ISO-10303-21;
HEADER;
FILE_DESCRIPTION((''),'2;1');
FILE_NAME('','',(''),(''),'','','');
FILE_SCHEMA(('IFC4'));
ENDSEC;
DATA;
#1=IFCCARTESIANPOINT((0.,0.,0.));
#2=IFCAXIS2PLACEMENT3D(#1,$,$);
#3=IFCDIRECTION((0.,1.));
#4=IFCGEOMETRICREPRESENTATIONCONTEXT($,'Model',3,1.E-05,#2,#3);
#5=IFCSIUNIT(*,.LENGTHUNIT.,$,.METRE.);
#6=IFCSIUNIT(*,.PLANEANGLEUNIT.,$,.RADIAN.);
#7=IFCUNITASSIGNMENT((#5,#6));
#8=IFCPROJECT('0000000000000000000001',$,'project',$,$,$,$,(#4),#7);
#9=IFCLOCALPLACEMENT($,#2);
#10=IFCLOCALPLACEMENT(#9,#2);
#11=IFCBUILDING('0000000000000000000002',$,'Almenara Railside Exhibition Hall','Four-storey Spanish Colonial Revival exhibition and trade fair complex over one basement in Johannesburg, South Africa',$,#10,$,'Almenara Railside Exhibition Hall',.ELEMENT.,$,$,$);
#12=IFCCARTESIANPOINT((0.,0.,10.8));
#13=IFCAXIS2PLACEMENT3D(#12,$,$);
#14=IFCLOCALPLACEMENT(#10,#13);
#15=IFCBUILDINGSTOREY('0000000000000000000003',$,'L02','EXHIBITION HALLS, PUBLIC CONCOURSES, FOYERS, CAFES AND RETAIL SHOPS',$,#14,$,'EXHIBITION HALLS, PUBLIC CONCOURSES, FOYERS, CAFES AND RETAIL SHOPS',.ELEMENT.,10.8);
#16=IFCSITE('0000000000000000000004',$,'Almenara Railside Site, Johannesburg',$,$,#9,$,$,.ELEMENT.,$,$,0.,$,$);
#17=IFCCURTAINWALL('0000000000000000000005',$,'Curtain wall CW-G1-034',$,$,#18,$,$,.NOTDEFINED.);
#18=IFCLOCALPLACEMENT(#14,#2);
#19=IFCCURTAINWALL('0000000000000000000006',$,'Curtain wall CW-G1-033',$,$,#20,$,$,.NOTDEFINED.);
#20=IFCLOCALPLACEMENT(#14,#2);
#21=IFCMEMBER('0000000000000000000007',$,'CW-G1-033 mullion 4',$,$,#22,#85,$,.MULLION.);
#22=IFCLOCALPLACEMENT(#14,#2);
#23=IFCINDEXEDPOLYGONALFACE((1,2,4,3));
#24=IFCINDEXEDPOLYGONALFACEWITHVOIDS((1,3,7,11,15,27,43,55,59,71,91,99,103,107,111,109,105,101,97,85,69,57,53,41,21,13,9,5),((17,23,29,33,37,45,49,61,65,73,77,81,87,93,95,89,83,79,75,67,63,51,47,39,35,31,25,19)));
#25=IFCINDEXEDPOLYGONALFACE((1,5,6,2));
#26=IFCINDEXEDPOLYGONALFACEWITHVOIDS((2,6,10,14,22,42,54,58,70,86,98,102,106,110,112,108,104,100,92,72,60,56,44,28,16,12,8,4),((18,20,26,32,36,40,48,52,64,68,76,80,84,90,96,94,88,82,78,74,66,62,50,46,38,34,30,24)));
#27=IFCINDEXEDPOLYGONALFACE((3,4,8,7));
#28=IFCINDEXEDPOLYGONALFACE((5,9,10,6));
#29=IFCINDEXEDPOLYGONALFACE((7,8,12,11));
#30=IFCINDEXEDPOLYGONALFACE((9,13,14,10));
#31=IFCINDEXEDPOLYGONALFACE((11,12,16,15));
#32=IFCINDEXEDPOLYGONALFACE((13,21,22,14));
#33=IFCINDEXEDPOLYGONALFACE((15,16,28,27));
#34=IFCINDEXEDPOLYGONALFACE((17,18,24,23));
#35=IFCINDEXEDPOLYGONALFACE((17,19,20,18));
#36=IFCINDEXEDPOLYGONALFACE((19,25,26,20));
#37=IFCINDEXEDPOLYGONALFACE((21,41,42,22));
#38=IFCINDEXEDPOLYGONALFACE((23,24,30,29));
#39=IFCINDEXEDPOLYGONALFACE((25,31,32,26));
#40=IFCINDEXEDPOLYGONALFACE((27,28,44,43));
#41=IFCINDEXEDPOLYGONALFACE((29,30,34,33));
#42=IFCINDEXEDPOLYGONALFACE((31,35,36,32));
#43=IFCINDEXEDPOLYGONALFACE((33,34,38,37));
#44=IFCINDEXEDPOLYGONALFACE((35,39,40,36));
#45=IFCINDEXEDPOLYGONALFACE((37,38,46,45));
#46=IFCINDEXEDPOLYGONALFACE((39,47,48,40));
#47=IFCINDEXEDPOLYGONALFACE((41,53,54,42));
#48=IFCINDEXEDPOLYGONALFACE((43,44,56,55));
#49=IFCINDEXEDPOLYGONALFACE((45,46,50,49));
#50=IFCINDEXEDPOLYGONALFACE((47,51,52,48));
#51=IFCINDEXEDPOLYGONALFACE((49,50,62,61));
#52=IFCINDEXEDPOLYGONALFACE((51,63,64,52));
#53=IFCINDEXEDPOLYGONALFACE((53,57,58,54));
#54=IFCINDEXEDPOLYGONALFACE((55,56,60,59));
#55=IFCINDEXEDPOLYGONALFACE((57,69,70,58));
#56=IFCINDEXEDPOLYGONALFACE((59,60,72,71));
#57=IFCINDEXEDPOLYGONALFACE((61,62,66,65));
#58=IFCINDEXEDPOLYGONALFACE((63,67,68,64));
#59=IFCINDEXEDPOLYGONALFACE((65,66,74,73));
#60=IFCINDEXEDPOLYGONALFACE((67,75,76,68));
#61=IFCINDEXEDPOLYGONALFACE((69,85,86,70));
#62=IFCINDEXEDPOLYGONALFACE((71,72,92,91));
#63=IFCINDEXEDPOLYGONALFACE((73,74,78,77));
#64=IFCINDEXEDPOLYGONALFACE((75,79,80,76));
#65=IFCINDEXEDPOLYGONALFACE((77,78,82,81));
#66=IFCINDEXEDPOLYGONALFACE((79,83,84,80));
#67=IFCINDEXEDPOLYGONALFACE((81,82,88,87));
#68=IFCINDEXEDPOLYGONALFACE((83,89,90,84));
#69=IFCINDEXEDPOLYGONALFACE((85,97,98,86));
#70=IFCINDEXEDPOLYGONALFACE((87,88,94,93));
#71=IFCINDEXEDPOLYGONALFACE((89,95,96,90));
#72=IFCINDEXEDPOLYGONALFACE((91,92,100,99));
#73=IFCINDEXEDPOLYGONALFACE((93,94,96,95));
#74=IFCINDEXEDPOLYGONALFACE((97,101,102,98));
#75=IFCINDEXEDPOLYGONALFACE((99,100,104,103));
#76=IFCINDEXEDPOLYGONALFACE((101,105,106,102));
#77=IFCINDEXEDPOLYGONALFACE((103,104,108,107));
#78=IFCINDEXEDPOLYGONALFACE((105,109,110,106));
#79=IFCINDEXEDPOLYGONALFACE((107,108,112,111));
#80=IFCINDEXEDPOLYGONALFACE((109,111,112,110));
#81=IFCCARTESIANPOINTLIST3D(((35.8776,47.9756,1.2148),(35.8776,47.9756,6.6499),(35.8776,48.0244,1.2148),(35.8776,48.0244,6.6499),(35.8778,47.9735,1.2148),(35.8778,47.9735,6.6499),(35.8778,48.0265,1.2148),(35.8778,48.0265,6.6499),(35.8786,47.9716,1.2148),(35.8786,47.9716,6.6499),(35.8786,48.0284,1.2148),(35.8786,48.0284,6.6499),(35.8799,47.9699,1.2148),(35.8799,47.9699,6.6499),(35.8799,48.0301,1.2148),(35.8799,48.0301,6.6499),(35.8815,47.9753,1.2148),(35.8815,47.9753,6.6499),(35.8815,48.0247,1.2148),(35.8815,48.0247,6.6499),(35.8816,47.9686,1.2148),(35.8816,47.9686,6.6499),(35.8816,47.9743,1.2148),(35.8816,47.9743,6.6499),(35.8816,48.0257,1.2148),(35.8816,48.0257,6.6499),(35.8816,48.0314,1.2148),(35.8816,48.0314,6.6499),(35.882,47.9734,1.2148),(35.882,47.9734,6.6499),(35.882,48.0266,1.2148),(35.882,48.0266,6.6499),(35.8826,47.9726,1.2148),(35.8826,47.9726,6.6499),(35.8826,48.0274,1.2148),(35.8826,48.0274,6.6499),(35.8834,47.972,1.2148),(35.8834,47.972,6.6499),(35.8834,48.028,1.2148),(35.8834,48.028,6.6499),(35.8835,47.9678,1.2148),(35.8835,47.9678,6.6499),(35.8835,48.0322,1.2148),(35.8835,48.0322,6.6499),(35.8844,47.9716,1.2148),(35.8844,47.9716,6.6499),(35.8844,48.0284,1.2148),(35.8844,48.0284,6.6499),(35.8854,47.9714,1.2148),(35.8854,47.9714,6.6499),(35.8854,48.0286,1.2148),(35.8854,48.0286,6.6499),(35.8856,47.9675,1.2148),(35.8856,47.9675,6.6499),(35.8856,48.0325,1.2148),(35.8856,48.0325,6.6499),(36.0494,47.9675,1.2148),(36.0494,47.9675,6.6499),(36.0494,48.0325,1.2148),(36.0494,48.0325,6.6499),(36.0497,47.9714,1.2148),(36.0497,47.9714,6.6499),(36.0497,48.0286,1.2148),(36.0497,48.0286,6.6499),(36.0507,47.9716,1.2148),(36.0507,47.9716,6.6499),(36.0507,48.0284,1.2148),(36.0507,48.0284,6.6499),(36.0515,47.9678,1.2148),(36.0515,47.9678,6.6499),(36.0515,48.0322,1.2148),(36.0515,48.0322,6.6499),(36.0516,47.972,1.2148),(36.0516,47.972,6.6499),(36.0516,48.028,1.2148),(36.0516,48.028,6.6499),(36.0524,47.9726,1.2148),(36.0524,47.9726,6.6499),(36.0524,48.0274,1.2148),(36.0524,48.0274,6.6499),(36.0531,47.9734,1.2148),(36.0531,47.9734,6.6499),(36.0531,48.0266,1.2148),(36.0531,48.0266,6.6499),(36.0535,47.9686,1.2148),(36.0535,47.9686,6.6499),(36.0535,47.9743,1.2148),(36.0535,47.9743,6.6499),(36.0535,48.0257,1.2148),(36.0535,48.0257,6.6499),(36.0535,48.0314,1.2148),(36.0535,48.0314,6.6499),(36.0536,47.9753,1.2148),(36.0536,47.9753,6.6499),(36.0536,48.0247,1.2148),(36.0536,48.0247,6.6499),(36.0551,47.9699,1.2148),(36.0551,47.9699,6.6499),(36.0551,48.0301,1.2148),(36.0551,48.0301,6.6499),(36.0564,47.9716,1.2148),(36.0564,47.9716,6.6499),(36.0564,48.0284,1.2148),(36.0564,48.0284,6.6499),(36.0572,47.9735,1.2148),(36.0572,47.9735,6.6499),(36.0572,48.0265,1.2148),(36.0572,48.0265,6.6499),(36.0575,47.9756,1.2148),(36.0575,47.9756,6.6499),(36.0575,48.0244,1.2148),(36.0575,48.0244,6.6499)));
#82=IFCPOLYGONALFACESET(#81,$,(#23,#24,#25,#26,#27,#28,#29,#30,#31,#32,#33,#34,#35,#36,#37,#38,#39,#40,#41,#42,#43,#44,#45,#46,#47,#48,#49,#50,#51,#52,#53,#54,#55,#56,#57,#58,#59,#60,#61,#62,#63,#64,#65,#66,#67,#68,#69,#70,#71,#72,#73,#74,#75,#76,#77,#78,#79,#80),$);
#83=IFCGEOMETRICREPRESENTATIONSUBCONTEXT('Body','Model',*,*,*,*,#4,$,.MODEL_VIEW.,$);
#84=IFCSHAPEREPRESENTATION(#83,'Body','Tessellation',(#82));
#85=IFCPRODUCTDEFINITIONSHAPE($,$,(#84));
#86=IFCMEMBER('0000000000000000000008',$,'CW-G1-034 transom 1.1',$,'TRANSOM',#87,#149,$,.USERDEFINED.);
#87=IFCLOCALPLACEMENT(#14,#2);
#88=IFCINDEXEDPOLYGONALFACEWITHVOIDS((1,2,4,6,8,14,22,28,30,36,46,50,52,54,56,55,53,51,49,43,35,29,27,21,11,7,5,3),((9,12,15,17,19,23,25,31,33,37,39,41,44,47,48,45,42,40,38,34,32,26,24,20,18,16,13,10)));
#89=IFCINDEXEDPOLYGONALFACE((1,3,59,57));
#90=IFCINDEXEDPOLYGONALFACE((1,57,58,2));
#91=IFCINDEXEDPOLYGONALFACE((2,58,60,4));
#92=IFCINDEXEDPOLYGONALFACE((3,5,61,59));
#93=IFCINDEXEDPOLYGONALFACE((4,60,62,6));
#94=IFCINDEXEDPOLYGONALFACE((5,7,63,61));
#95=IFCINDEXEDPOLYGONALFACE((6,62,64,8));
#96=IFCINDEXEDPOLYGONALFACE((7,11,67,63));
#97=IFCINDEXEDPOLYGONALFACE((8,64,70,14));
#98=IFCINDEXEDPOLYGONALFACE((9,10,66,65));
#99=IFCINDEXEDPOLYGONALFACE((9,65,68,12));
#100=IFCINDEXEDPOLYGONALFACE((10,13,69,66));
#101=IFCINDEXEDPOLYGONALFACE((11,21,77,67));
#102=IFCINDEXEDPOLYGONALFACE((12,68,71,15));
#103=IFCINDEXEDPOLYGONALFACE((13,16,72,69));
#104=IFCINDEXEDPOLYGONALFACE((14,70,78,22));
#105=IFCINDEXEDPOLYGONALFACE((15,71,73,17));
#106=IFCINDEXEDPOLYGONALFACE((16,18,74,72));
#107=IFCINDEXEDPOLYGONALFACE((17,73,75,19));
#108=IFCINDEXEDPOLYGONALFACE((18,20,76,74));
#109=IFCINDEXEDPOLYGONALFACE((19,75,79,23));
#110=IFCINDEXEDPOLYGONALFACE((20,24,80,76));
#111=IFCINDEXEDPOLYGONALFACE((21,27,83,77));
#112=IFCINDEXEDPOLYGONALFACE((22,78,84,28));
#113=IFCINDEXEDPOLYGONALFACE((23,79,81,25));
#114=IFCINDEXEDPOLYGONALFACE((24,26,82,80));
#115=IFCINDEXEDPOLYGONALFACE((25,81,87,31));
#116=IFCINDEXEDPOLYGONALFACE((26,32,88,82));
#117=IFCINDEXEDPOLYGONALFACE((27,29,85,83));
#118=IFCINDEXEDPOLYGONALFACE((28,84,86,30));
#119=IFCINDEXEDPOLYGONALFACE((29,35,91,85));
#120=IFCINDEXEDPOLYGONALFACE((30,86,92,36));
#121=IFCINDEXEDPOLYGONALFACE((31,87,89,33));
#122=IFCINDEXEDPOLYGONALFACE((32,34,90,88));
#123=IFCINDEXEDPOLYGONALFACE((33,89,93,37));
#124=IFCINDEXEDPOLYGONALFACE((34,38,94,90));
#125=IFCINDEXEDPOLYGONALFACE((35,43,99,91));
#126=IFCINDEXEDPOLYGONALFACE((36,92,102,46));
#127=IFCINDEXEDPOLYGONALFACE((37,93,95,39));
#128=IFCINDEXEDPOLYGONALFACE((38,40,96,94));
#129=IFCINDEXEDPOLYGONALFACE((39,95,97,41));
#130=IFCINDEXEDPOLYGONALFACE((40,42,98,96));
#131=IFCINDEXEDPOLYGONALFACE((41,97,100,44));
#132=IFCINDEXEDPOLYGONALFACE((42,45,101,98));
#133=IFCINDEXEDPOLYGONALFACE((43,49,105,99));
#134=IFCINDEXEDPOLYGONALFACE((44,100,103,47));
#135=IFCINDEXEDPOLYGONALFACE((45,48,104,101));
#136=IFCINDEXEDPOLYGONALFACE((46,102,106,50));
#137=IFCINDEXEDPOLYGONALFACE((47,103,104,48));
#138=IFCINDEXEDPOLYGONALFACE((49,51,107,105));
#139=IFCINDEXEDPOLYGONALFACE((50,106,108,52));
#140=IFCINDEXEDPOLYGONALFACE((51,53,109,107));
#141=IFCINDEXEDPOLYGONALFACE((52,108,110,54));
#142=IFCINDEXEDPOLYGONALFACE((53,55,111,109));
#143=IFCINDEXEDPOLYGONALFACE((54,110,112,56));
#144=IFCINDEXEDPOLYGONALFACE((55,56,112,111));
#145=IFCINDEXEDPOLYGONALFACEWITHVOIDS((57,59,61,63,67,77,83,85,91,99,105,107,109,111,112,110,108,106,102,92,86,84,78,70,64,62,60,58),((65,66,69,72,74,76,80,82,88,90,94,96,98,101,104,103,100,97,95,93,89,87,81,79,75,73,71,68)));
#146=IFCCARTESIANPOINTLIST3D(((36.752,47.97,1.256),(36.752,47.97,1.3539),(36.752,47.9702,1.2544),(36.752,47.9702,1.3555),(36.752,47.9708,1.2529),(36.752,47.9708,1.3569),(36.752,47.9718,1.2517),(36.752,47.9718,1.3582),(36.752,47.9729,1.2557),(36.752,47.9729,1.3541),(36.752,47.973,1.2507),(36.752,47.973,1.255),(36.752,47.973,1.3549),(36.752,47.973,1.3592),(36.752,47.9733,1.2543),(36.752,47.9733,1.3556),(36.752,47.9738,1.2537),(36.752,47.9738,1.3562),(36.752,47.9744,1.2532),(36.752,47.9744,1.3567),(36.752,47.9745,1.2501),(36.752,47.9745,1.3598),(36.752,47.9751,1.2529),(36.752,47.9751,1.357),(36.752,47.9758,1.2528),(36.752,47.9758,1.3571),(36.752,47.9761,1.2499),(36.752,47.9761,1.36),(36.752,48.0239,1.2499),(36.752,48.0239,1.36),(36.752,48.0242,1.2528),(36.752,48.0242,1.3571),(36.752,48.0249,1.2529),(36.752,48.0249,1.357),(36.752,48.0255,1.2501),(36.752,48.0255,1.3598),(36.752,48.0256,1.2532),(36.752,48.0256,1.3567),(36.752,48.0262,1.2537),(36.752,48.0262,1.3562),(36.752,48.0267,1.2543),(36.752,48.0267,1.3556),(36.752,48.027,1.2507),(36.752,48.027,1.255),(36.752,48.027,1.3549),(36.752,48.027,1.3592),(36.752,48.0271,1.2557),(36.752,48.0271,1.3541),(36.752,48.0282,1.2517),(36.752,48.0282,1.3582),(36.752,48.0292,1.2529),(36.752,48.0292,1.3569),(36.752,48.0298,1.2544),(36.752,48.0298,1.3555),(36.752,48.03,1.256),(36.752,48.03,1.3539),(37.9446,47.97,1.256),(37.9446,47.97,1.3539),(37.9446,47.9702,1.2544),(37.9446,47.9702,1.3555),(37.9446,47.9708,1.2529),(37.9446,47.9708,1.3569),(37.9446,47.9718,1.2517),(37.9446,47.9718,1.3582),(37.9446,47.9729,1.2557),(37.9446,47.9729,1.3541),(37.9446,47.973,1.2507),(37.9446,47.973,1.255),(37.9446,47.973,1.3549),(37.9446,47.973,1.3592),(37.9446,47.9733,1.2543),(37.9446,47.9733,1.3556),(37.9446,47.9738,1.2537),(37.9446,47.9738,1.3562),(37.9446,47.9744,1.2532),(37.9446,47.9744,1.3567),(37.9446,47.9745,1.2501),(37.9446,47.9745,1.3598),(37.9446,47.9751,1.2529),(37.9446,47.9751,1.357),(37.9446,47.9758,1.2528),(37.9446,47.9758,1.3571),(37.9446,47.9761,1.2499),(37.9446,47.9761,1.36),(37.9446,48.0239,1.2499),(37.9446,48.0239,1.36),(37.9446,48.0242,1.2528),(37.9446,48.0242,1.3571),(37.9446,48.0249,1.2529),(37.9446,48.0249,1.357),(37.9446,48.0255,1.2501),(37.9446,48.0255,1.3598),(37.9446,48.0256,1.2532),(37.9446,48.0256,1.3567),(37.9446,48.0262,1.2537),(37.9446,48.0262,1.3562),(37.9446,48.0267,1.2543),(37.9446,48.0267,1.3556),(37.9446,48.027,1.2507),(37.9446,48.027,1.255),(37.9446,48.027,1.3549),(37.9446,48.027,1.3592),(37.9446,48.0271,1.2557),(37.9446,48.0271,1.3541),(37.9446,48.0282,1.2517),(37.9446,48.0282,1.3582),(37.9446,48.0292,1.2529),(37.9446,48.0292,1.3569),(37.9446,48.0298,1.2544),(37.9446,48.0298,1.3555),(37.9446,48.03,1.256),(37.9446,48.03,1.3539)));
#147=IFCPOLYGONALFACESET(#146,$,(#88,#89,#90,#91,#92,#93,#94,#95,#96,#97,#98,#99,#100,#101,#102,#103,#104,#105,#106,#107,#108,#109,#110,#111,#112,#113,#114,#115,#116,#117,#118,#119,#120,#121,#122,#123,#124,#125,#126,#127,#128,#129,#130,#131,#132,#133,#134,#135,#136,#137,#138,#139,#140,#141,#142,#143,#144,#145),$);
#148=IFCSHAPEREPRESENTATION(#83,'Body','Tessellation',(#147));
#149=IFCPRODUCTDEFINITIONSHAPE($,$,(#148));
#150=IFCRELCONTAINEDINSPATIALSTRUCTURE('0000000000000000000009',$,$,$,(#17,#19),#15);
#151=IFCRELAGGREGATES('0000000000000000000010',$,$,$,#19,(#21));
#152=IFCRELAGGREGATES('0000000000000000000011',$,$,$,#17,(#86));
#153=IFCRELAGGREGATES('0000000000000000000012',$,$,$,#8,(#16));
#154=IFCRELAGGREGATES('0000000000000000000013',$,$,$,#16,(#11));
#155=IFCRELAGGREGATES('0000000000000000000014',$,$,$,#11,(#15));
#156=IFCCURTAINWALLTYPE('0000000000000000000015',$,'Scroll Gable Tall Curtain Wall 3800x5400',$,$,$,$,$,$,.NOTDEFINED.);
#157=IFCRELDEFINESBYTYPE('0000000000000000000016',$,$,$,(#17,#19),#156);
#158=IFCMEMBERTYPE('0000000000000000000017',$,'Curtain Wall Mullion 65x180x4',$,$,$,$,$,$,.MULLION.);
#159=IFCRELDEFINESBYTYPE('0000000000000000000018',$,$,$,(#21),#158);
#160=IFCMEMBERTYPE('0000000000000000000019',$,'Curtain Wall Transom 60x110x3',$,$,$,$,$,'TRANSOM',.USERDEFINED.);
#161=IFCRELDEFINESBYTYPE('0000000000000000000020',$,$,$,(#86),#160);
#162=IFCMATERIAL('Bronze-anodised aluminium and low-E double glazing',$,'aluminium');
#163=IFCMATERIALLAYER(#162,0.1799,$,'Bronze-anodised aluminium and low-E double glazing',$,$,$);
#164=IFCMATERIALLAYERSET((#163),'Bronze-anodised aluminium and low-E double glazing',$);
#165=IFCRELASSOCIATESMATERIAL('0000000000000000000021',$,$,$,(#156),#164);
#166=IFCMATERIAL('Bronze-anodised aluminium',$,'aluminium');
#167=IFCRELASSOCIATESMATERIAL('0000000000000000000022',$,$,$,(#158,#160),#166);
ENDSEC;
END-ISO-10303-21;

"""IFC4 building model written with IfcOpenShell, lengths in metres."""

from ifc_helpers import new_model, si_unit, direction, frame, origin, origin_2d, place, context, subcontext, project, spatial, hollow_rectangle, extrude, material, layer, layer_set, material_profile, profile_set, type_object, element, aggregate, save


model = new_model("IFC4")

# Units and contexts
model_context = context("Model", 3, precision=1e-05, world=origin(), true_north=direction((0.0, 1.0)))
body_context = subcontext(model_context, "Body", "Model", "MODEL_VIEW")
ifc_project = project(units=[si_unit("LENGTHUNIT", "METRE"), si_unit("PLANEANGLEUNIT", "RADIAN")], contexts=[model_context])

# Site, building, storey
site_placement = place(None, origin())
site = spatial("IfcSite", under=ifc_project, at=site_placement, Name="Almenara Railside Site, Johannesburg", CompositionType="ELEMENT", RefElevation=0.0)
building_placement = place(site_placement, origin())
building = spatial("IfcBuilding", under=site, at=building_placement, Name="Almenara Railside Exhibition Hall", Description="Four-storey Spanish Colonial Revival exhibition and trade fair complex over one basement in Johannesburg, South Africa", LongName="Almenara Railside Exhibition Hall", CompositionType="ELEMENT")
storey_placement = place(building_placement, frame((0.0, 0.0, 10.8)))
storey = spatial("IfcBuildingStorey", under=building, at=storey_placement, Name="L02", Description="EXHIBITION HALLS, PUBLIC CONCOURSES, FOYERS, CAFES AND RETAIL SHOPS", LongName="EXHIBITION HALLS, PUBLIC CONCOURSES, FOYERS, CAFES AND RETAIL SHOPS", CompositionType="ELEMENT", Elevation=10.8)

# Curtain wall
ifc_material_1 = material(Name="Bronze-anodised aluminium and low-E double glazing", Category="aluminium")
ifc_layer_1 = layer(ifc_material_1, 0.1799, Name="Bronze-anodised aluminium and low-E double glazing")
ifc_layer_set_1 = layer_set([ifc_layer_1], Name="Bronze-anodised aluminium and low-E double glazing")
curtain_wall_type = type_object("IfcCurtainWallType", Name="Scroll Gable Tall Curtain Wall 3800x5400", PredefinedType="NOTDEFINED", material=ifc_layer_set_1)
curtain_wall_1_placement = place(storey_placement, origin())
curtain_wall_1 = element("IfcCurtainWall", 1, at=curtain_wall_1_placement, inside=storey, type_object=curtain_wall_type, Name="Curtain wall CW-G1-034", PredefinedType="NOTDEFINED")
ifc_material_2 = material(Name="Bronze-anodised aluminium", Category="aluminium")

# Curtain wall, member
curtain_wall_2_placement = place(storey_placement, origin())
curtain_wall_2 = element("IfcCurtainWall", 2, at=curtain_wall_2_placement, inside=storey, type_object=curtain_wall_type, Name="Curtain wall CW-G1-033", PredefinedType="NOTDEFINED")
ifc_material_profile_1 = material_profile(ifc_material_2, hollow_rectangle(XDim=0.0649, YDim=0.1799, WallThickness=0.0039, InnerFilletRadius=0.0039, OuterFilletRadius=0.0081, at=origin_2d()), Name="ALU-MUL 65x180x4")
ifc_profile_set_1 = profile_set([ifc_material_profile_1], Name="Bronze-anodised aluminium")
member_type_1 = type_object("IfcMemberType", Name="Curtain Wall Mullion 65x180x4", PredefinedType="MULLION", material=ifc_profile_set_1)
member_1_placement = place(storey_placement, frame((35.9675, 48.0, 1.2148), z_axis=(0.0, 0.0, 1.0), x_axis=(0.0, 1.0, 0.0)))
member_1 = element("IfcMember", 3, at=member_1_placement, type_object=member_type_1, Name="CW-G1-033 mullion 4", PredefinedType="MULLION", context=body_context, shape_type="SweptSolid", body=[
    extrude(hollow_rectangle(XDim=0.0649, YDim=0.1799, WallThickness=0.0039, InnerFilletRadius=0.0039, OuterFilletRadius=0.0081, at=origin_2d()), origin(), (0.0, 0.0, 1.0), 5.4351),
])
aggregate(curtain_wall_2, [member_1])

# Member
ifc_material_profile_2 = material_profile(ifc_material_2, hollow_rectangle(XDim=0.0601, YDim=0.1101, WallThickness=0.0029, InnerFilletRadius=0.0029, OuterFilletRadius=0.0061, at=origin_2d()), Name="ALU-TRN 60x110x3")
ifc_profile_set_2 = profile_set([ifc_material_profile_2], Name="Bronze-anodised aluminium")
member_type_2 = type_object("IfcMemberType", Name="Curtain Wall Transom 60x110x3", ElementType="TRANSOM", PredefinedType="USERDEFINED", material=ifc_profile_set_2)
member_2_placement = place(storey_placement, frame((36.752, 48.0, 1.3049), z_axis=(1.0, 0.0, 0.0), x_axis=(0.0, 1.0, 0.0)))
member_2 = element("IfcMember", 4, at=member_2_placement, type_object=member_type_2, Name="CW-G1-034 transom 1.1", ObjectType="TRANSOM", PredefinedType="USERDEFINED", context=body_context, shape_type="SweptSolid", body=[
    extrude(hollow_rectangle(XDim=0.0601, YDim=0.1101, WallThickness=0.0029, InnerFilletRadius=0.0029, OuterFilletRadius=0.0061, at=origin_2d()), origin(), (0.0, 0.0, 1.0), 1.1926),
])

aggregate(curtain_wall_1, [member_2])

save(model, "model.ifc")
